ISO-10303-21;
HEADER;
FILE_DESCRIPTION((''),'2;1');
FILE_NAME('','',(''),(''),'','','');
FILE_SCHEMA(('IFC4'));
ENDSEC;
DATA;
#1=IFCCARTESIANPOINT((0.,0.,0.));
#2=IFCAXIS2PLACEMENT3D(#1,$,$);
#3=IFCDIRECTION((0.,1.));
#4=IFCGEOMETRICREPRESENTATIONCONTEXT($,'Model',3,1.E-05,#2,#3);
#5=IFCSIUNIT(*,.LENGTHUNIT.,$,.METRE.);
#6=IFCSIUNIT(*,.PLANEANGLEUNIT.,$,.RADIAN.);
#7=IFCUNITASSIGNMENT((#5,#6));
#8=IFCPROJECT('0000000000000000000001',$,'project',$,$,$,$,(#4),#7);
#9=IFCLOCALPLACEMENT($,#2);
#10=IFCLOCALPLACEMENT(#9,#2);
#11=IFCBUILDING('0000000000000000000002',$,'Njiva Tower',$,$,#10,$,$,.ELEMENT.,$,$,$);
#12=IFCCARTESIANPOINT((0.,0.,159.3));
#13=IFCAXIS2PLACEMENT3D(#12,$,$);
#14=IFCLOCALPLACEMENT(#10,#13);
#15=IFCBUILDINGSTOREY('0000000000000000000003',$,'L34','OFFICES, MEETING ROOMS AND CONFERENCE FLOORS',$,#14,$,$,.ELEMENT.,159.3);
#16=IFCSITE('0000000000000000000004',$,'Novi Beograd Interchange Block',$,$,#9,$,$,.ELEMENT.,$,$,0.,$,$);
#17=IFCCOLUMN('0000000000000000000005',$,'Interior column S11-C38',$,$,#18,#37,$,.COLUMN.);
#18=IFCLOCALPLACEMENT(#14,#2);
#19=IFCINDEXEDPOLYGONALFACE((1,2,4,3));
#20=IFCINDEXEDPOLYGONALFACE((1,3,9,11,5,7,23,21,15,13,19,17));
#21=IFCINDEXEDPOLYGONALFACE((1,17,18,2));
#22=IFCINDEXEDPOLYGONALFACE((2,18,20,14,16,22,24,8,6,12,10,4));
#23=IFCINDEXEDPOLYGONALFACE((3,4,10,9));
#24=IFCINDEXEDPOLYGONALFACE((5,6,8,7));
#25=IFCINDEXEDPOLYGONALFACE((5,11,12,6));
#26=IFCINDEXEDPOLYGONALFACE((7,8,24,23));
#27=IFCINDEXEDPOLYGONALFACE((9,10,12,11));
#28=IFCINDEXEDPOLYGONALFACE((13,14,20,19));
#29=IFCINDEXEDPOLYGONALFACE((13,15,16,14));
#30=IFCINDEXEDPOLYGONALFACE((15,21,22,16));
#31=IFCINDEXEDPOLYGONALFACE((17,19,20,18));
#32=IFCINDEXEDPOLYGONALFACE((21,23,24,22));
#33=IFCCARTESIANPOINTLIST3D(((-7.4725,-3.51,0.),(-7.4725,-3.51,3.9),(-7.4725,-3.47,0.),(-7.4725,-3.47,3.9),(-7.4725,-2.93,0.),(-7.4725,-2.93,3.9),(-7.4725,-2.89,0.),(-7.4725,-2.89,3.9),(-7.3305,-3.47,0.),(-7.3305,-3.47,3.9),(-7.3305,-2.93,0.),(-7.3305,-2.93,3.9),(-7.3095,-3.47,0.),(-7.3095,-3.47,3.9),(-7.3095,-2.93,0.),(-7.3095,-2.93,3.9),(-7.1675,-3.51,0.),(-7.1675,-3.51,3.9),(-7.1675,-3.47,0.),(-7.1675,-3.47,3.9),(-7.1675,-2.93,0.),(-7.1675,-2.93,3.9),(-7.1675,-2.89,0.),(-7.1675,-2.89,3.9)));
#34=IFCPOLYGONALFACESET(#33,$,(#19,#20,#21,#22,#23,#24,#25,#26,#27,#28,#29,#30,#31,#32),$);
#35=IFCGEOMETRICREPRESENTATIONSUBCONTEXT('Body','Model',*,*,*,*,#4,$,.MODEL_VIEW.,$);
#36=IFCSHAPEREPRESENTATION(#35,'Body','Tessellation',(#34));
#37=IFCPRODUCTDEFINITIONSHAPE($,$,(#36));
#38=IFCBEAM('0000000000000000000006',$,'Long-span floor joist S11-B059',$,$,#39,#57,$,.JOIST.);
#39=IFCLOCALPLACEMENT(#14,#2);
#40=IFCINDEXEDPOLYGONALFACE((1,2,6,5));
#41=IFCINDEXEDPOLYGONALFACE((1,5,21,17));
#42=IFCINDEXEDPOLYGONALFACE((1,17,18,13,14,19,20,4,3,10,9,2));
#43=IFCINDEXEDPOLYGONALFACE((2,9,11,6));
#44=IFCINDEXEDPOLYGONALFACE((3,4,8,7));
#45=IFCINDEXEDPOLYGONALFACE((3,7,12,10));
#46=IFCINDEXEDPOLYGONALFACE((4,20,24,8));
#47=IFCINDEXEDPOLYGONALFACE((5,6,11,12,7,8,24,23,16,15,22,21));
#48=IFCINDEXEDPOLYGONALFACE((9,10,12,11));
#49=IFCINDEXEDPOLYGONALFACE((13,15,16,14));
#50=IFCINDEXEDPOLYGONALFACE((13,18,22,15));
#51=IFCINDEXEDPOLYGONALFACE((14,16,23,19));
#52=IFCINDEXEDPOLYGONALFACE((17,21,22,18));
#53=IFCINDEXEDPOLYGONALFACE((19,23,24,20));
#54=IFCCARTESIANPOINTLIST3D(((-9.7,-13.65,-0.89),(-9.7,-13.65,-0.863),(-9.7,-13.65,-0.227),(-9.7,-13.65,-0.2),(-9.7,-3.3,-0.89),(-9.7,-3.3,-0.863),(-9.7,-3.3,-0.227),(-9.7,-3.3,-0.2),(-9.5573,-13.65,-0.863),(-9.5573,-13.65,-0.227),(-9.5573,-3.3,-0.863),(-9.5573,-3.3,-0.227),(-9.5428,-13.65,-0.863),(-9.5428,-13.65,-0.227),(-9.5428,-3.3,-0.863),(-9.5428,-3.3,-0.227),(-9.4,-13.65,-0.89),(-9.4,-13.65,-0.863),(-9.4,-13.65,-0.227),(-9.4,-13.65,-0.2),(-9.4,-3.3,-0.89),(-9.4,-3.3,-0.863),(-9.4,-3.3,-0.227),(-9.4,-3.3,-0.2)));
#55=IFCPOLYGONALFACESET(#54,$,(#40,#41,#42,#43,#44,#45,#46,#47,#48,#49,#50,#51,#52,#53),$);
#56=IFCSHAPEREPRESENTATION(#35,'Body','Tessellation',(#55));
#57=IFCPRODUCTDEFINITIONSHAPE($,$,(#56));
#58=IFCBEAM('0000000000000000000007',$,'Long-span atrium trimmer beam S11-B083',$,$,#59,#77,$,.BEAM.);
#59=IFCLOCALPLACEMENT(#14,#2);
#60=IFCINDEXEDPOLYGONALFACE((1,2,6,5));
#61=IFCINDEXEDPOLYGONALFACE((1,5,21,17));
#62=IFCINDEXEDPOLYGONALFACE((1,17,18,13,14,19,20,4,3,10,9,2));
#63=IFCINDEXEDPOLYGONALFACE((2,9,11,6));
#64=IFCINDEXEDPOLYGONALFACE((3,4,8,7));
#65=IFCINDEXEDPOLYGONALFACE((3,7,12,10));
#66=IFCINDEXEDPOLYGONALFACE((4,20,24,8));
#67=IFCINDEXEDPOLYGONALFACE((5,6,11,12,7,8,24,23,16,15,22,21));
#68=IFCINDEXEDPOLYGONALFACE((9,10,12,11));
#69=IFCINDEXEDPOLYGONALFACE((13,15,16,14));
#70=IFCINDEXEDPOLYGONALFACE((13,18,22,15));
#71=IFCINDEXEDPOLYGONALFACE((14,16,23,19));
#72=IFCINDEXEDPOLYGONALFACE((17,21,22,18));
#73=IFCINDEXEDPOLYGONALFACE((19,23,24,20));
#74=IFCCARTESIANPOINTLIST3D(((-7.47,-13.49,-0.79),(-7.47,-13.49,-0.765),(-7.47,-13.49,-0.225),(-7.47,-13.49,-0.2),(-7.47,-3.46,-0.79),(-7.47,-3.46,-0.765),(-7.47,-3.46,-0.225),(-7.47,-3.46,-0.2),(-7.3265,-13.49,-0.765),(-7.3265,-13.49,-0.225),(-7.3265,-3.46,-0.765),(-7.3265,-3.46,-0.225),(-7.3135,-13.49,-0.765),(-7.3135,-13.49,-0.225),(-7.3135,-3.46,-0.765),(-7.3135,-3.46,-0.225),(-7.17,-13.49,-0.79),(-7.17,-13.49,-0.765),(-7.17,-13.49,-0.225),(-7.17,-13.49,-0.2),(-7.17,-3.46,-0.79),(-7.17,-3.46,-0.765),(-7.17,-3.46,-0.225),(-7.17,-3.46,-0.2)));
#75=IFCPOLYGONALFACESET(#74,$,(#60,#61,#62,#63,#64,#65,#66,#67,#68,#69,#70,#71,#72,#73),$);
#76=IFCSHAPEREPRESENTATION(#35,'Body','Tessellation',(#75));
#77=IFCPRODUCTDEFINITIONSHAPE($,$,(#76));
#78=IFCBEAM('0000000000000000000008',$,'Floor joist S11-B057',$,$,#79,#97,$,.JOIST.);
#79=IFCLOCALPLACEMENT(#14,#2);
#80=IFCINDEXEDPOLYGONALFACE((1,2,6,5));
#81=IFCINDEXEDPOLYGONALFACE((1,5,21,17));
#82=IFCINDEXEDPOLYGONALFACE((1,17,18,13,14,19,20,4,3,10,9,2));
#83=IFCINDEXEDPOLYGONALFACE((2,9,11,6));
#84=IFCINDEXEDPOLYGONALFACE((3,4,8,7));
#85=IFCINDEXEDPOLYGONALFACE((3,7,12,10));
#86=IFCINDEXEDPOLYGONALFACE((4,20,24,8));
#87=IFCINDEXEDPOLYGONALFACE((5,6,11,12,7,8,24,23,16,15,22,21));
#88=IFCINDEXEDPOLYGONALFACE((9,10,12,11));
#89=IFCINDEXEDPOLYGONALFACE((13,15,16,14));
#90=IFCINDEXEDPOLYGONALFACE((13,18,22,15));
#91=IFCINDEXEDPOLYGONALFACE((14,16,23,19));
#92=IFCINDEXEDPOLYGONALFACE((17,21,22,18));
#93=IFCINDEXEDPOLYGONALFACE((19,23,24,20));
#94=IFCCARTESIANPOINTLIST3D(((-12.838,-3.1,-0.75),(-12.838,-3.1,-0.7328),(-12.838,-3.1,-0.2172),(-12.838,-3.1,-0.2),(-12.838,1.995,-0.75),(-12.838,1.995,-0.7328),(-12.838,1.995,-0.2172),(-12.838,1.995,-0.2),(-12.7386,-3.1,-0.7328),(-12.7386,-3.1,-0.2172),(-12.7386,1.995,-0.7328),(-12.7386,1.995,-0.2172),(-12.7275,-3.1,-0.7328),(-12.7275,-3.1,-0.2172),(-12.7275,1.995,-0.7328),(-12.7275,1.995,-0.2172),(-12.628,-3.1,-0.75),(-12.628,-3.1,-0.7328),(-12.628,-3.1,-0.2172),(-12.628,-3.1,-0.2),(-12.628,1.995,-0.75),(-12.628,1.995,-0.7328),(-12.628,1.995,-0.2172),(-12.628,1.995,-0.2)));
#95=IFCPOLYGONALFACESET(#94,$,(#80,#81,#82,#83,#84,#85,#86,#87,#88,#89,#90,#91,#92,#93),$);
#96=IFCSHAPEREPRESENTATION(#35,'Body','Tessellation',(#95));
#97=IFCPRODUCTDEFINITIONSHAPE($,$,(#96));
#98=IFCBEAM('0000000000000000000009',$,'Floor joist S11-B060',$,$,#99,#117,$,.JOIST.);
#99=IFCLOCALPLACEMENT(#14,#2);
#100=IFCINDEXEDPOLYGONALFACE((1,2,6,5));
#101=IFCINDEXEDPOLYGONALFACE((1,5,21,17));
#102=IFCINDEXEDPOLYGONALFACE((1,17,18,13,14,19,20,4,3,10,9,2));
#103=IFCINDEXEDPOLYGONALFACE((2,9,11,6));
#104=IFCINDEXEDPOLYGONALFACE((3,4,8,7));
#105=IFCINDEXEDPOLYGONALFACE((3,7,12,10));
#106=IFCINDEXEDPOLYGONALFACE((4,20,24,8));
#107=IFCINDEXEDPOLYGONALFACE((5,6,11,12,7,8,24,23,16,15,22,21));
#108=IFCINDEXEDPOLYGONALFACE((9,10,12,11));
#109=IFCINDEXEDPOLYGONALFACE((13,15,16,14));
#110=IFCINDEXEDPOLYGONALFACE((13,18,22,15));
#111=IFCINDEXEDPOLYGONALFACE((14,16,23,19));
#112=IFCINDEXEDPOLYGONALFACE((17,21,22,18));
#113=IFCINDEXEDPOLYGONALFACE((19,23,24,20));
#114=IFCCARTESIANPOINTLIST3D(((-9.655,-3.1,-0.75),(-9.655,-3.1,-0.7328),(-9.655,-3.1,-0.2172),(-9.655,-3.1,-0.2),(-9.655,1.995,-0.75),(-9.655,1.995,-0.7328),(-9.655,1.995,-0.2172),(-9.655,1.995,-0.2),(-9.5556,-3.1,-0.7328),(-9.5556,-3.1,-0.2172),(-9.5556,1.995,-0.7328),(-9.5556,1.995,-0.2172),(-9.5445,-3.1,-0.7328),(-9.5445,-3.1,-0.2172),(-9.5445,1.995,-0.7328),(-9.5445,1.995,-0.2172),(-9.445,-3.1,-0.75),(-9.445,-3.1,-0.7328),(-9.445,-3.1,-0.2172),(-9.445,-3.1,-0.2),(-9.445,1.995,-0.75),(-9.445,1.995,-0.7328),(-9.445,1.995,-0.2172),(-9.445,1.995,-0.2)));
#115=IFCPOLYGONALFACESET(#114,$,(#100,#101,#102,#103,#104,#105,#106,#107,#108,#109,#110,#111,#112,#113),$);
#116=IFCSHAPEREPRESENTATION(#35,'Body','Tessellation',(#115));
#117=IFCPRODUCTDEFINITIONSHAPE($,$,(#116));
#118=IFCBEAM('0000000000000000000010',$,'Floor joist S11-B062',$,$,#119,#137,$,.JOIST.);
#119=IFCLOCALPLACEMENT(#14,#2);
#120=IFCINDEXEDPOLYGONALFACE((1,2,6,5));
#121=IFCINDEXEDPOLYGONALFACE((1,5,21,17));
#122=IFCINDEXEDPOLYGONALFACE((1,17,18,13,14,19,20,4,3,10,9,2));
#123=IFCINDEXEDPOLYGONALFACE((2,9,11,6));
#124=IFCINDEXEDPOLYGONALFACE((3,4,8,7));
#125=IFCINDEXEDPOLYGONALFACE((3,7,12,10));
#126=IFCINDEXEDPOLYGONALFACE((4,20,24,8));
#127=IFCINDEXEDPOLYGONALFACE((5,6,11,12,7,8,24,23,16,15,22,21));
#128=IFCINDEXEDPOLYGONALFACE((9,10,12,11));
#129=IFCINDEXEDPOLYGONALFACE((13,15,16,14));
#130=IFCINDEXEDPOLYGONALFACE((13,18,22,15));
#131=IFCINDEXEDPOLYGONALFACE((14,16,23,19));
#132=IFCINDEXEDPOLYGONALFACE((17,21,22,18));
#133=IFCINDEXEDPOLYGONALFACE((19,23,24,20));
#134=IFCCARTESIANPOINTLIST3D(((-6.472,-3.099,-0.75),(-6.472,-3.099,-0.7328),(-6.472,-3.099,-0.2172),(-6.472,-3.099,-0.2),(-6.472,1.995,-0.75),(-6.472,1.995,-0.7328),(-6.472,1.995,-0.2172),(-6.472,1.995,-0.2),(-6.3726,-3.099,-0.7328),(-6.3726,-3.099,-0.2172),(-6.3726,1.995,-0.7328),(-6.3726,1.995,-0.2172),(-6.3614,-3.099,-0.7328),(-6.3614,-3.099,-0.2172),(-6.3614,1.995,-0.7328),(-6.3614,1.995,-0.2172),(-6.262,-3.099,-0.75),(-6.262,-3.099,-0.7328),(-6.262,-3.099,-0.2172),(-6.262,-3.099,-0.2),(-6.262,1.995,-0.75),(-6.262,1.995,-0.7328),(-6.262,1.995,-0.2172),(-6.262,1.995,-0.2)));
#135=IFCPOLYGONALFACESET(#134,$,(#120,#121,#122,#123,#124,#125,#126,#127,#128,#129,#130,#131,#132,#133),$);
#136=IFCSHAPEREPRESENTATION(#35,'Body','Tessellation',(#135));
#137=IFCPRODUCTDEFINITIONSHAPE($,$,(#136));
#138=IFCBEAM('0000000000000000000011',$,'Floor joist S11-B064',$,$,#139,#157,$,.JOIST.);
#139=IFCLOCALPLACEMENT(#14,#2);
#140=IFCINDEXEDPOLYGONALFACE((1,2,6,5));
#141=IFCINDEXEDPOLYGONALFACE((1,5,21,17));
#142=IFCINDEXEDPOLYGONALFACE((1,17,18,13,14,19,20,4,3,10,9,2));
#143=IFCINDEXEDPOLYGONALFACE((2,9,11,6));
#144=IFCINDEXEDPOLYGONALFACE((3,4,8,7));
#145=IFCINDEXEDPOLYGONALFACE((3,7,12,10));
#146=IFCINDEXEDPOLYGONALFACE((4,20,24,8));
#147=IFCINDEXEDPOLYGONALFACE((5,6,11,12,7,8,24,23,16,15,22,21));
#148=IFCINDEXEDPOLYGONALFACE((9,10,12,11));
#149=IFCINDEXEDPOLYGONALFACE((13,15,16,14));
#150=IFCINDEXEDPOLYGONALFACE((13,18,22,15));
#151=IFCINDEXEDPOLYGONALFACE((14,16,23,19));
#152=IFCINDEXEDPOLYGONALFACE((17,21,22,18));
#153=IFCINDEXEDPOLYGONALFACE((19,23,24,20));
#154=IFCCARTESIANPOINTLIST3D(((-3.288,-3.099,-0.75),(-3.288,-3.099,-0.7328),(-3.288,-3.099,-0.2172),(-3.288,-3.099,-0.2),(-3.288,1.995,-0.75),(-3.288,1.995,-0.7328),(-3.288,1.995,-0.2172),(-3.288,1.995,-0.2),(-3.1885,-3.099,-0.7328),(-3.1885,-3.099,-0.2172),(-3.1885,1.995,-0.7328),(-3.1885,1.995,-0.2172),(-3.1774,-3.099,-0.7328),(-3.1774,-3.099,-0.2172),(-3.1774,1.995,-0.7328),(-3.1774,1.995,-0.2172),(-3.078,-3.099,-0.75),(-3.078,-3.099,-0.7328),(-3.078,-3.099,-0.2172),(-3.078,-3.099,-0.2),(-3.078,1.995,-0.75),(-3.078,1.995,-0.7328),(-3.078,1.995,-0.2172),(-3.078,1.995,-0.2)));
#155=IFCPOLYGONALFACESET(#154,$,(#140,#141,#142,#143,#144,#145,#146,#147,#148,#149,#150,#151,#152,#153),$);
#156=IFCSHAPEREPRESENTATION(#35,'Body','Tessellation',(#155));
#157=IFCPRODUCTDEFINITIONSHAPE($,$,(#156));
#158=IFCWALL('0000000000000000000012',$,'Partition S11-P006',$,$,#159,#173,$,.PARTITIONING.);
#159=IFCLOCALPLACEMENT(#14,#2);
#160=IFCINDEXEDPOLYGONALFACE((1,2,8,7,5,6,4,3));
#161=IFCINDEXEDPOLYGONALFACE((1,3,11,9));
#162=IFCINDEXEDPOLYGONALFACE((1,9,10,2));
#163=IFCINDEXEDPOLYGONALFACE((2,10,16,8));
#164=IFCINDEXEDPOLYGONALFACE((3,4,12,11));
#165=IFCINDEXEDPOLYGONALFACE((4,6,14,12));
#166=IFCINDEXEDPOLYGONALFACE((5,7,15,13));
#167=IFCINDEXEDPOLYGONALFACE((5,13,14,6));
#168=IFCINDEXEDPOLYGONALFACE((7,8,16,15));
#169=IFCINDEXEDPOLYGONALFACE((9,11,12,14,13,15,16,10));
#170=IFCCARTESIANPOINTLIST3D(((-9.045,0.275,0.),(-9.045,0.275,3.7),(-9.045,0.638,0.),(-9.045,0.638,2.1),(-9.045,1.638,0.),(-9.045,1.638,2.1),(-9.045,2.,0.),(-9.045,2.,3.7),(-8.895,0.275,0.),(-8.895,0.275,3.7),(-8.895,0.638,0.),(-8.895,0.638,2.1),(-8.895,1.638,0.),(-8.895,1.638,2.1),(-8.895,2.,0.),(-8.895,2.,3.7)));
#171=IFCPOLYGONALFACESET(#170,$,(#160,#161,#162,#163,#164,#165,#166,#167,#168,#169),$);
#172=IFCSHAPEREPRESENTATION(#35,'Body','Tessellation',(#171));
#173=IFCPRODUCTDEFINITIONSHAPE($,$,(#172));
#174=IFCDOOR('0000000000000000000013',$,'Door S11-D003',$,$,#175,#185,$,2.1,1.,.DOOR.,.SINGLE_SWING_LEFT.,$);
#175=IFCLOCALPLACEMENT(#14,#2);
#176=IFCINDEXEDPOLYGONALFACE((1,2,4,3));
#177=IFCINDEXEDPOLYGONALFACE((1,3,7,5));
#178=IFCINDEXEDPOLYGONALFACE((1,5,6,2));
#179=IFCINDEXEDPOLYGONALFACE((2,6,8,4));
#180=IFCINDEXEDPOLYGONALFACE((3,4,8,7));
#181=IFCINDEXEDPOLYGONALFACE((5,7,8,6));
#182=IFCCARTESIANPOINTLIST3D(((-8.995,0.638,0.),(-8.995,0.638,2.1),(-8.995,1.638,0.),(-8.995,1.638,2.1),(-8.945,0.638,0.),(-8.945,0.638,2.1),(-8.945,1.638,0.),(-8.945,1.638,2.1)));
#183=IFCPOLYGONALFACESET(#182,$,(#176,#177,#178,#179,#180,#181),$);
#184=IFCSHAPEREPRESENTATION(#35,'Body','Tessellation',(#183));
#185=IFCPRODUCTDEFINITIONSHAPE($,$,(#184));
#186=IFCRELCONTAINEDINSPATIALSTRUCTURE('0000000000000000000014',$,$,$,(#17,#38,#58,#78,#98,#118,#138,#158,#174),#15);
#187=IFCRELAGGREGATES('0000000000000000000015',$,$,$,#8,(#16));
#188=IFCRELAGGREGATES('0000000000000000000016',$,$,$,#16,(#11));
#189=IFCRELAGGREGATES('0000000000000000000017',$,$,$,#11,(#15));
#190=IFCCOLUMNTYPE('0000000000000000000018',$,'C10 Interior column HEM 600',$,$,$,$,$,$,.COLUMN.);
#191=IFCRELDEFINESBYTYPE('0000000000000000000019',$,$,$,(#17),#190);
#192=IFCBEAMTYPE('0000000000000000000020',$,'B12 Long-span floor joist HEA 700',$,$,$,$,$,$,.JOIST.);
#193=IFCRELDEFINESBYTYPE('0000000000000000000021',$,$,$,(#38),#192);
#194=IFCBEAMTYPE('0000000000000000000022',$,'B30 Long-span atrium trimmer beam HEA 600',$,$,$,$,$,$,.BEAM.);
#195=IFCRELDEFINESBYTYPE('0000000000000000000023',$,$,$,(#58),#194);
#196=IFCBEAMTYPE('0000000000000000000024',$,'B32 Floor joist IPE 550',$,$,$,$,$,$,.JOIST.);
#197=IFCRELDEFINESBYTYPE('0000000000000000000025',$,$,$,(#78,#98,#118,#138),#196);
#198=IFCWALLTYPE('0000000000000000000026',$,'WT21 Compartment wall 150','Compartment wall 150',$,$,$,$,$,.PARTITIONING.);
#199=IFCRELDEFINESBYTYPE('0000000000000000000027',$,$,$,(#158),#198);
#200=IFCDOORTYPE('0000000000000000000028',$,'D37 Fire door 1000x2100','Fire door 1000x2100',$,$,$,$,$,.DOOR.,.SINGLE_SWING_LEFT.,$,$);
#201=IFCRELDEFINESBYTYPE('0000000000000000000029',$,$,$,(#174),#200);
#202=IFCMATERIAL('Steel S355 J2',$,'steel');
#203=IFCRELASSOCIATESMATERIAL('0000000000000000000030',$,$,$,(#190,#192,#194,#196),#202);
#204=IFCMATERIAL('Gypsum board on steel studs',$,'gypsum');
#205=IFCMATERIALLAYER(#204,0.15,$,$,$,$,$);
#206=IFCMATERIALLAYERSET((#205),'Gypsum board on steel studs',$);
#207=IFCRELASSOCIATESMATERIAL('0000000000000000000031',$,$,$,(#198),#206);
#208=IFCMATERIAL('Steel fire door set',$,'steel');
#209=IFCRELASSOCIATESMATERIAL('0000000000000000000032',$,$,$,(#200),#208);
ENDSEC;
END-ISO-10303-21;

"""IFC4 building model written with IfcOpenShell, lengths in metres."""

from ifc_helpers import new_model, si_unit, direction, frame, frame_2d, origin, origin_2d, place, context, subcontext, project, spatial, rectangle, i_section, extrude, material, layer, layer_set, material_profile, profile_set, type_object, element, fill, save


model = new_model("IFC4")

# Units and contexts
model_context = context("Model", 3, precision=1e-05, world=origin(), true_north=direction((0.0, 1.0)))
body_context = subcontext(model_context, "Body", "Model", "MODEL_VIEW")
ifc_project = project(units=[si_unit("LENGTHUNIT", "METRE"), si_unit("PLANEANGLEUNIT", "RADIAN")], contexts=[model_context])

# Site, building, storey
site_placement = place(None, origin())
site = spatial("IfcSite", under=ifc_project, at=site_placement, Name="Novi Beograd Interchange Block", CompositionType="ELEMENT", RefElevation=0.0)
building_placement = place(site_placement, origin())
building = spatial("IfcBuilding", under=site, at=building_placement, Name="Njiva Tower", CompositionType="ELEMENT")
storey_placement = place(building_placement, frame((0.0, 0.0, 159.3)))
storey = spatial("IfcBuildingStorey", under=building, at=storey_placement, Name="L34", Description="OFFICES, MEETING ROOMS AND CONFERENCE FLOORS", CompositionType="ELEMENT", Elevation=159.3)

# Column
ifc_material_1 = material(Name="Steel S355 J2", Category="steel")
ifc_material_profile_1 = material_profile(ifc_material_1, i_section(OverallWidth=0.305, OverallDepth=0.62, WebThickness=0.021, FlangeThickness=0.04, at=origin_2d()), Name="HEM 600")
ifc_profile_set_1 = profile_set([ifc_material_profile_1], Name="Steel S355 J2")
column_type = type_object("IfcColumnType", Name="C10 Interior column HEM 600", PredefinedType="COLUMN", material=ifc_profile_set_1)
column_placement = place(storey_placement, frame((-7.32, -3.2, 0.0), z_axis=(0.0, 0.0, 1.0), x_axis=(1.0, 0.0, 0.0)))
element("IfcColumn", 1, at=column_placement, inside=storey, type_object=column_type, Name="Interior column S11-C38", PredefinedType="COLUMN", context=body_context, shape_type="SweptSolid", body=[
    extrude(i_section(OverallWidth=0.305, OverallDepth=0.62, WebThickness=0.021, FlangeThickness=0.04, at=origin_2d()), origin(), (0.0, 0.0, 1.0), 3.9),
])

# Beams
ifc_material_profile_2 = material_profile(ifc_material_1, i_section(OverallWidth=0.3, OverallDepth=0.69, WebThickness=0.0145, FlangeThickness=0.027, at=origin_2d()), Name="HEA 700")
ifc_profile_set_2 = profile_set([ifc_material_profile_2], Name="Steel S355 J2")
beam_type_1 = type_object("IfcBeamType", Name="B12 Long-span floor joist HEA 700", PredefinedType="JOIST", material=ifc_profile_set_2)
beam_1_placement = place(storey_placement, frame((-9.55, -3.3, -0.545), z_axis=(0.0, -1.0, 0.0), x_axis=(1.0, 0.0, 0.0)))
element("IfcBeam", 2, at=beam_1_placement, inside=storey, type_object=beam_type_1, Name="Long-span floor joist S11-B059", PredefinedType="JOIST", context=body_context, shape_type="SweptSolid", body=[
    extrude(i_section(OverallWidth=0.3, OverallDepth=0.69, WebThickness=0.0145, FlangeThickness=0.027, at=origin_2d()), origin(), (0.0, 0.0, 1.0), 10.35),
])
ifc_material_profile_3 = material_profile(ifc_material_1, i_section(OverallWidth=0.3, OverallDepth=0.59, WebThickness=0.013, FlangeThickness=0.025, at=origin_2d()), Name="HEA 600")
ifc_profile_set_3 = profile_set([ifc_material_profile_3], Name="Steel S355 J2")
beam_type_2 = type_object("IfcBeamType", Name="B30 Long-span atrium trimmer beam HEA 600", PredefinedType="BEAM", material=ifc_profile_set_3)
beam_2_placement = place(storey_placement, frame((-7.32, -3.46, -0.495), z_axis=(0.0, -1.0, 0.0), x_axis=(1.0, 0.0, 0.0)))
element("IfcBeam", 3, at=beam_2_placement, inside=storey, type_object=beam_type_2, Name="Long-span atrium trimmer beam S11-B083", PredefinedType="BEAM", context=body_context, shape_type="SweptSolid", body=[
    extrude(i_section(OverallWidth=0.3, OverallDepth=0.59, WebThickness=0.013, FlangeThickness=0.025, at=origin_2d()), origin(), (0.0, 0.0, 1.0), 10.03),
])
ifc_material_profile_4 = material_profile(ifc_material_1, i_section(OverallWidth=0.21, OverallDepth=0.55, WebThickness=0.0111, FlangeThickness=0.0172, at=origin_2d()), Name="IPE 550")
ifc_profile_set_4 = profile_set([ifc_material_profile_4], Name="Steel S355 J2")
beam_type_3 = type_object("IfcBeamType", Name="B32 Floor joist IPE 550", PredefinedType="JOIST", material=ifc_profile_set_4)
for number, where, z_axis, x_axis, name in (
    (4, (-12.733, 1.995, -0.475), (0.0, -1.0, 0.0), (1.0, 0.0, 0.0), "Floor joist S11-B057"),
    (5, (-9.55, 1.995, -0.475), (0.0, -1.0, 0.0), (1.0, 0.0, 0.0), "Floor joist S11-B060"),
):
    element("IfcBeam", number, at=place(storey_placement, frame(where, z_axis=z_axis, x_axis=x_axis)), inside=storey, type_object=beam_type_3, Name=name, PredefinedType="JOIST", context=body_context, shape_type="SweptSolid", body=[
        extrude(i_section(OverallWidth=0.21, OverallDepth=0.55, WebThickness=0.0111, FlangeThickness=0.0172, at=origin_2d()), origin(), (0.0, 0.0, 1.0), 5.095),
    ])
for number, where, z_axis, x_axis, name in (
    (6, (-6.367, 1.995, -0.475), (0.0, -1.0, 0.0), (1.0, 0.0, 0.0), "Floor joist S11-B062"),
    (7, (-3.183, 1.995, -0.475), (0.0, -1.0, 0.0), (1.0, 0.0, 0.0), "Floor joist S11-B064"),
):
    element("IfcBeam", number, at=place(storey_placement, frame(where, z_axis=z_axis, x_axis=x_axis)), inside=storey, type_object=beam_type_3, Name=name, PredefinedType="JOIST", context=body_context, shape_type="SweptSolid", body=[
        extrude(i_section(OverallWidth=0.21, OverallDepth=0.55, WebThickness=0.0111, FlangeThickness=0.0172, at=origin_2d()), origin(), (0.0, 0.0, 1.0), 5.094),
    ])

# Wall, opening, door
ifc_material_2 = material(Name="Gypsum board on steel studs", Category="gypsum")
ifc_layer_1 = layer(ifc_material_2, 0.15)
ifc_layer_set_1 = layer_set([ifc_layer_1], Name="Gypsum board on steel studs")
wall_type_1 = type_object("IfcWallType", Name="WT21 Compartment wall 150", Description="Compartment wall 150", PredefinedType="PARTITIONING", material=ifc_layer_set_1)
wall_1_placement = place(storey_placement, frame((-8.97, 0.275, 0.0), z_axis=(0.0, 0.0, 1.0), x_axis=(0.0, 1.0, 0.0)))
wall_1 = element("IfcWall", 8, at=wall_1_placement, inside=storey, type_object=wall_type_1, Name="Partition S11-P006", PredefinedType="PARTITIONING", context=body_context, shape_type="SweptSolid", body=[
    extrude(rectangle(XDim=1.725, YDim=0.15, at=frame_2d((0.8625, 0.0))), origin(), (0.0, 0.0, 1.0), 3.7),
])
opening_1_placement = place(wall_1_placement, frame((0.363, 0.0, 0.0)))
opening_1 = element("IfcOpeningElement", 9, at=opening_1_placement, cuts=wall_1, PredefinedType="OPENING", context=body_context, shape_type="SweptSolid", body=[
    extrude(rectangle(XDim=1.0, YDim=2.1, at=frame_2d((0.5, 1.05))), frame((0.0, 0.085, 0.0), z_axis=(0.0, -1.0, 0.0), x_axis=(1.0, 0.0, 0.0)), (0.0, 0.0, 1.0), 0.17),
])
ifc_material_3 = material(Name="Steel fire door set", Category="steel")
door_type = type_object("IfcDoorType", Name="D37 Fire door 1000x2100", Description="Fire door 1000x2100", OperationType="SINGLE_SWING_LEFT", PredefinedType="DOOR", material=ifc_material_3)
door_1_placement = place(opening_1_placement, origin())
door_1 = element("IfcDoor", 10, at=door_1_placement, inside=storey, type_object=door_type, Name="Door S11-D003", OperationType="SINGLE_SWING_LEFT", OverallHeight=2.1, OverallWidth=1.0, PredefinedType="DOOR", context=body_context, shape_type="SweptSolid", body=[
    extrude(rectangle(XDim=1.0, YDim=2.1, at=frame_2d((0.5, 1.05))), frame((0.0, 0.025, 0.0), z_axis=(0.0, -1.0, 0.0), x_axis=(1.0, 0.0, 0.0)), (0.0, 0.0, 1.0), 0.05),
])
fill(opening_1, door_1)

save(model, "model.ifc")
